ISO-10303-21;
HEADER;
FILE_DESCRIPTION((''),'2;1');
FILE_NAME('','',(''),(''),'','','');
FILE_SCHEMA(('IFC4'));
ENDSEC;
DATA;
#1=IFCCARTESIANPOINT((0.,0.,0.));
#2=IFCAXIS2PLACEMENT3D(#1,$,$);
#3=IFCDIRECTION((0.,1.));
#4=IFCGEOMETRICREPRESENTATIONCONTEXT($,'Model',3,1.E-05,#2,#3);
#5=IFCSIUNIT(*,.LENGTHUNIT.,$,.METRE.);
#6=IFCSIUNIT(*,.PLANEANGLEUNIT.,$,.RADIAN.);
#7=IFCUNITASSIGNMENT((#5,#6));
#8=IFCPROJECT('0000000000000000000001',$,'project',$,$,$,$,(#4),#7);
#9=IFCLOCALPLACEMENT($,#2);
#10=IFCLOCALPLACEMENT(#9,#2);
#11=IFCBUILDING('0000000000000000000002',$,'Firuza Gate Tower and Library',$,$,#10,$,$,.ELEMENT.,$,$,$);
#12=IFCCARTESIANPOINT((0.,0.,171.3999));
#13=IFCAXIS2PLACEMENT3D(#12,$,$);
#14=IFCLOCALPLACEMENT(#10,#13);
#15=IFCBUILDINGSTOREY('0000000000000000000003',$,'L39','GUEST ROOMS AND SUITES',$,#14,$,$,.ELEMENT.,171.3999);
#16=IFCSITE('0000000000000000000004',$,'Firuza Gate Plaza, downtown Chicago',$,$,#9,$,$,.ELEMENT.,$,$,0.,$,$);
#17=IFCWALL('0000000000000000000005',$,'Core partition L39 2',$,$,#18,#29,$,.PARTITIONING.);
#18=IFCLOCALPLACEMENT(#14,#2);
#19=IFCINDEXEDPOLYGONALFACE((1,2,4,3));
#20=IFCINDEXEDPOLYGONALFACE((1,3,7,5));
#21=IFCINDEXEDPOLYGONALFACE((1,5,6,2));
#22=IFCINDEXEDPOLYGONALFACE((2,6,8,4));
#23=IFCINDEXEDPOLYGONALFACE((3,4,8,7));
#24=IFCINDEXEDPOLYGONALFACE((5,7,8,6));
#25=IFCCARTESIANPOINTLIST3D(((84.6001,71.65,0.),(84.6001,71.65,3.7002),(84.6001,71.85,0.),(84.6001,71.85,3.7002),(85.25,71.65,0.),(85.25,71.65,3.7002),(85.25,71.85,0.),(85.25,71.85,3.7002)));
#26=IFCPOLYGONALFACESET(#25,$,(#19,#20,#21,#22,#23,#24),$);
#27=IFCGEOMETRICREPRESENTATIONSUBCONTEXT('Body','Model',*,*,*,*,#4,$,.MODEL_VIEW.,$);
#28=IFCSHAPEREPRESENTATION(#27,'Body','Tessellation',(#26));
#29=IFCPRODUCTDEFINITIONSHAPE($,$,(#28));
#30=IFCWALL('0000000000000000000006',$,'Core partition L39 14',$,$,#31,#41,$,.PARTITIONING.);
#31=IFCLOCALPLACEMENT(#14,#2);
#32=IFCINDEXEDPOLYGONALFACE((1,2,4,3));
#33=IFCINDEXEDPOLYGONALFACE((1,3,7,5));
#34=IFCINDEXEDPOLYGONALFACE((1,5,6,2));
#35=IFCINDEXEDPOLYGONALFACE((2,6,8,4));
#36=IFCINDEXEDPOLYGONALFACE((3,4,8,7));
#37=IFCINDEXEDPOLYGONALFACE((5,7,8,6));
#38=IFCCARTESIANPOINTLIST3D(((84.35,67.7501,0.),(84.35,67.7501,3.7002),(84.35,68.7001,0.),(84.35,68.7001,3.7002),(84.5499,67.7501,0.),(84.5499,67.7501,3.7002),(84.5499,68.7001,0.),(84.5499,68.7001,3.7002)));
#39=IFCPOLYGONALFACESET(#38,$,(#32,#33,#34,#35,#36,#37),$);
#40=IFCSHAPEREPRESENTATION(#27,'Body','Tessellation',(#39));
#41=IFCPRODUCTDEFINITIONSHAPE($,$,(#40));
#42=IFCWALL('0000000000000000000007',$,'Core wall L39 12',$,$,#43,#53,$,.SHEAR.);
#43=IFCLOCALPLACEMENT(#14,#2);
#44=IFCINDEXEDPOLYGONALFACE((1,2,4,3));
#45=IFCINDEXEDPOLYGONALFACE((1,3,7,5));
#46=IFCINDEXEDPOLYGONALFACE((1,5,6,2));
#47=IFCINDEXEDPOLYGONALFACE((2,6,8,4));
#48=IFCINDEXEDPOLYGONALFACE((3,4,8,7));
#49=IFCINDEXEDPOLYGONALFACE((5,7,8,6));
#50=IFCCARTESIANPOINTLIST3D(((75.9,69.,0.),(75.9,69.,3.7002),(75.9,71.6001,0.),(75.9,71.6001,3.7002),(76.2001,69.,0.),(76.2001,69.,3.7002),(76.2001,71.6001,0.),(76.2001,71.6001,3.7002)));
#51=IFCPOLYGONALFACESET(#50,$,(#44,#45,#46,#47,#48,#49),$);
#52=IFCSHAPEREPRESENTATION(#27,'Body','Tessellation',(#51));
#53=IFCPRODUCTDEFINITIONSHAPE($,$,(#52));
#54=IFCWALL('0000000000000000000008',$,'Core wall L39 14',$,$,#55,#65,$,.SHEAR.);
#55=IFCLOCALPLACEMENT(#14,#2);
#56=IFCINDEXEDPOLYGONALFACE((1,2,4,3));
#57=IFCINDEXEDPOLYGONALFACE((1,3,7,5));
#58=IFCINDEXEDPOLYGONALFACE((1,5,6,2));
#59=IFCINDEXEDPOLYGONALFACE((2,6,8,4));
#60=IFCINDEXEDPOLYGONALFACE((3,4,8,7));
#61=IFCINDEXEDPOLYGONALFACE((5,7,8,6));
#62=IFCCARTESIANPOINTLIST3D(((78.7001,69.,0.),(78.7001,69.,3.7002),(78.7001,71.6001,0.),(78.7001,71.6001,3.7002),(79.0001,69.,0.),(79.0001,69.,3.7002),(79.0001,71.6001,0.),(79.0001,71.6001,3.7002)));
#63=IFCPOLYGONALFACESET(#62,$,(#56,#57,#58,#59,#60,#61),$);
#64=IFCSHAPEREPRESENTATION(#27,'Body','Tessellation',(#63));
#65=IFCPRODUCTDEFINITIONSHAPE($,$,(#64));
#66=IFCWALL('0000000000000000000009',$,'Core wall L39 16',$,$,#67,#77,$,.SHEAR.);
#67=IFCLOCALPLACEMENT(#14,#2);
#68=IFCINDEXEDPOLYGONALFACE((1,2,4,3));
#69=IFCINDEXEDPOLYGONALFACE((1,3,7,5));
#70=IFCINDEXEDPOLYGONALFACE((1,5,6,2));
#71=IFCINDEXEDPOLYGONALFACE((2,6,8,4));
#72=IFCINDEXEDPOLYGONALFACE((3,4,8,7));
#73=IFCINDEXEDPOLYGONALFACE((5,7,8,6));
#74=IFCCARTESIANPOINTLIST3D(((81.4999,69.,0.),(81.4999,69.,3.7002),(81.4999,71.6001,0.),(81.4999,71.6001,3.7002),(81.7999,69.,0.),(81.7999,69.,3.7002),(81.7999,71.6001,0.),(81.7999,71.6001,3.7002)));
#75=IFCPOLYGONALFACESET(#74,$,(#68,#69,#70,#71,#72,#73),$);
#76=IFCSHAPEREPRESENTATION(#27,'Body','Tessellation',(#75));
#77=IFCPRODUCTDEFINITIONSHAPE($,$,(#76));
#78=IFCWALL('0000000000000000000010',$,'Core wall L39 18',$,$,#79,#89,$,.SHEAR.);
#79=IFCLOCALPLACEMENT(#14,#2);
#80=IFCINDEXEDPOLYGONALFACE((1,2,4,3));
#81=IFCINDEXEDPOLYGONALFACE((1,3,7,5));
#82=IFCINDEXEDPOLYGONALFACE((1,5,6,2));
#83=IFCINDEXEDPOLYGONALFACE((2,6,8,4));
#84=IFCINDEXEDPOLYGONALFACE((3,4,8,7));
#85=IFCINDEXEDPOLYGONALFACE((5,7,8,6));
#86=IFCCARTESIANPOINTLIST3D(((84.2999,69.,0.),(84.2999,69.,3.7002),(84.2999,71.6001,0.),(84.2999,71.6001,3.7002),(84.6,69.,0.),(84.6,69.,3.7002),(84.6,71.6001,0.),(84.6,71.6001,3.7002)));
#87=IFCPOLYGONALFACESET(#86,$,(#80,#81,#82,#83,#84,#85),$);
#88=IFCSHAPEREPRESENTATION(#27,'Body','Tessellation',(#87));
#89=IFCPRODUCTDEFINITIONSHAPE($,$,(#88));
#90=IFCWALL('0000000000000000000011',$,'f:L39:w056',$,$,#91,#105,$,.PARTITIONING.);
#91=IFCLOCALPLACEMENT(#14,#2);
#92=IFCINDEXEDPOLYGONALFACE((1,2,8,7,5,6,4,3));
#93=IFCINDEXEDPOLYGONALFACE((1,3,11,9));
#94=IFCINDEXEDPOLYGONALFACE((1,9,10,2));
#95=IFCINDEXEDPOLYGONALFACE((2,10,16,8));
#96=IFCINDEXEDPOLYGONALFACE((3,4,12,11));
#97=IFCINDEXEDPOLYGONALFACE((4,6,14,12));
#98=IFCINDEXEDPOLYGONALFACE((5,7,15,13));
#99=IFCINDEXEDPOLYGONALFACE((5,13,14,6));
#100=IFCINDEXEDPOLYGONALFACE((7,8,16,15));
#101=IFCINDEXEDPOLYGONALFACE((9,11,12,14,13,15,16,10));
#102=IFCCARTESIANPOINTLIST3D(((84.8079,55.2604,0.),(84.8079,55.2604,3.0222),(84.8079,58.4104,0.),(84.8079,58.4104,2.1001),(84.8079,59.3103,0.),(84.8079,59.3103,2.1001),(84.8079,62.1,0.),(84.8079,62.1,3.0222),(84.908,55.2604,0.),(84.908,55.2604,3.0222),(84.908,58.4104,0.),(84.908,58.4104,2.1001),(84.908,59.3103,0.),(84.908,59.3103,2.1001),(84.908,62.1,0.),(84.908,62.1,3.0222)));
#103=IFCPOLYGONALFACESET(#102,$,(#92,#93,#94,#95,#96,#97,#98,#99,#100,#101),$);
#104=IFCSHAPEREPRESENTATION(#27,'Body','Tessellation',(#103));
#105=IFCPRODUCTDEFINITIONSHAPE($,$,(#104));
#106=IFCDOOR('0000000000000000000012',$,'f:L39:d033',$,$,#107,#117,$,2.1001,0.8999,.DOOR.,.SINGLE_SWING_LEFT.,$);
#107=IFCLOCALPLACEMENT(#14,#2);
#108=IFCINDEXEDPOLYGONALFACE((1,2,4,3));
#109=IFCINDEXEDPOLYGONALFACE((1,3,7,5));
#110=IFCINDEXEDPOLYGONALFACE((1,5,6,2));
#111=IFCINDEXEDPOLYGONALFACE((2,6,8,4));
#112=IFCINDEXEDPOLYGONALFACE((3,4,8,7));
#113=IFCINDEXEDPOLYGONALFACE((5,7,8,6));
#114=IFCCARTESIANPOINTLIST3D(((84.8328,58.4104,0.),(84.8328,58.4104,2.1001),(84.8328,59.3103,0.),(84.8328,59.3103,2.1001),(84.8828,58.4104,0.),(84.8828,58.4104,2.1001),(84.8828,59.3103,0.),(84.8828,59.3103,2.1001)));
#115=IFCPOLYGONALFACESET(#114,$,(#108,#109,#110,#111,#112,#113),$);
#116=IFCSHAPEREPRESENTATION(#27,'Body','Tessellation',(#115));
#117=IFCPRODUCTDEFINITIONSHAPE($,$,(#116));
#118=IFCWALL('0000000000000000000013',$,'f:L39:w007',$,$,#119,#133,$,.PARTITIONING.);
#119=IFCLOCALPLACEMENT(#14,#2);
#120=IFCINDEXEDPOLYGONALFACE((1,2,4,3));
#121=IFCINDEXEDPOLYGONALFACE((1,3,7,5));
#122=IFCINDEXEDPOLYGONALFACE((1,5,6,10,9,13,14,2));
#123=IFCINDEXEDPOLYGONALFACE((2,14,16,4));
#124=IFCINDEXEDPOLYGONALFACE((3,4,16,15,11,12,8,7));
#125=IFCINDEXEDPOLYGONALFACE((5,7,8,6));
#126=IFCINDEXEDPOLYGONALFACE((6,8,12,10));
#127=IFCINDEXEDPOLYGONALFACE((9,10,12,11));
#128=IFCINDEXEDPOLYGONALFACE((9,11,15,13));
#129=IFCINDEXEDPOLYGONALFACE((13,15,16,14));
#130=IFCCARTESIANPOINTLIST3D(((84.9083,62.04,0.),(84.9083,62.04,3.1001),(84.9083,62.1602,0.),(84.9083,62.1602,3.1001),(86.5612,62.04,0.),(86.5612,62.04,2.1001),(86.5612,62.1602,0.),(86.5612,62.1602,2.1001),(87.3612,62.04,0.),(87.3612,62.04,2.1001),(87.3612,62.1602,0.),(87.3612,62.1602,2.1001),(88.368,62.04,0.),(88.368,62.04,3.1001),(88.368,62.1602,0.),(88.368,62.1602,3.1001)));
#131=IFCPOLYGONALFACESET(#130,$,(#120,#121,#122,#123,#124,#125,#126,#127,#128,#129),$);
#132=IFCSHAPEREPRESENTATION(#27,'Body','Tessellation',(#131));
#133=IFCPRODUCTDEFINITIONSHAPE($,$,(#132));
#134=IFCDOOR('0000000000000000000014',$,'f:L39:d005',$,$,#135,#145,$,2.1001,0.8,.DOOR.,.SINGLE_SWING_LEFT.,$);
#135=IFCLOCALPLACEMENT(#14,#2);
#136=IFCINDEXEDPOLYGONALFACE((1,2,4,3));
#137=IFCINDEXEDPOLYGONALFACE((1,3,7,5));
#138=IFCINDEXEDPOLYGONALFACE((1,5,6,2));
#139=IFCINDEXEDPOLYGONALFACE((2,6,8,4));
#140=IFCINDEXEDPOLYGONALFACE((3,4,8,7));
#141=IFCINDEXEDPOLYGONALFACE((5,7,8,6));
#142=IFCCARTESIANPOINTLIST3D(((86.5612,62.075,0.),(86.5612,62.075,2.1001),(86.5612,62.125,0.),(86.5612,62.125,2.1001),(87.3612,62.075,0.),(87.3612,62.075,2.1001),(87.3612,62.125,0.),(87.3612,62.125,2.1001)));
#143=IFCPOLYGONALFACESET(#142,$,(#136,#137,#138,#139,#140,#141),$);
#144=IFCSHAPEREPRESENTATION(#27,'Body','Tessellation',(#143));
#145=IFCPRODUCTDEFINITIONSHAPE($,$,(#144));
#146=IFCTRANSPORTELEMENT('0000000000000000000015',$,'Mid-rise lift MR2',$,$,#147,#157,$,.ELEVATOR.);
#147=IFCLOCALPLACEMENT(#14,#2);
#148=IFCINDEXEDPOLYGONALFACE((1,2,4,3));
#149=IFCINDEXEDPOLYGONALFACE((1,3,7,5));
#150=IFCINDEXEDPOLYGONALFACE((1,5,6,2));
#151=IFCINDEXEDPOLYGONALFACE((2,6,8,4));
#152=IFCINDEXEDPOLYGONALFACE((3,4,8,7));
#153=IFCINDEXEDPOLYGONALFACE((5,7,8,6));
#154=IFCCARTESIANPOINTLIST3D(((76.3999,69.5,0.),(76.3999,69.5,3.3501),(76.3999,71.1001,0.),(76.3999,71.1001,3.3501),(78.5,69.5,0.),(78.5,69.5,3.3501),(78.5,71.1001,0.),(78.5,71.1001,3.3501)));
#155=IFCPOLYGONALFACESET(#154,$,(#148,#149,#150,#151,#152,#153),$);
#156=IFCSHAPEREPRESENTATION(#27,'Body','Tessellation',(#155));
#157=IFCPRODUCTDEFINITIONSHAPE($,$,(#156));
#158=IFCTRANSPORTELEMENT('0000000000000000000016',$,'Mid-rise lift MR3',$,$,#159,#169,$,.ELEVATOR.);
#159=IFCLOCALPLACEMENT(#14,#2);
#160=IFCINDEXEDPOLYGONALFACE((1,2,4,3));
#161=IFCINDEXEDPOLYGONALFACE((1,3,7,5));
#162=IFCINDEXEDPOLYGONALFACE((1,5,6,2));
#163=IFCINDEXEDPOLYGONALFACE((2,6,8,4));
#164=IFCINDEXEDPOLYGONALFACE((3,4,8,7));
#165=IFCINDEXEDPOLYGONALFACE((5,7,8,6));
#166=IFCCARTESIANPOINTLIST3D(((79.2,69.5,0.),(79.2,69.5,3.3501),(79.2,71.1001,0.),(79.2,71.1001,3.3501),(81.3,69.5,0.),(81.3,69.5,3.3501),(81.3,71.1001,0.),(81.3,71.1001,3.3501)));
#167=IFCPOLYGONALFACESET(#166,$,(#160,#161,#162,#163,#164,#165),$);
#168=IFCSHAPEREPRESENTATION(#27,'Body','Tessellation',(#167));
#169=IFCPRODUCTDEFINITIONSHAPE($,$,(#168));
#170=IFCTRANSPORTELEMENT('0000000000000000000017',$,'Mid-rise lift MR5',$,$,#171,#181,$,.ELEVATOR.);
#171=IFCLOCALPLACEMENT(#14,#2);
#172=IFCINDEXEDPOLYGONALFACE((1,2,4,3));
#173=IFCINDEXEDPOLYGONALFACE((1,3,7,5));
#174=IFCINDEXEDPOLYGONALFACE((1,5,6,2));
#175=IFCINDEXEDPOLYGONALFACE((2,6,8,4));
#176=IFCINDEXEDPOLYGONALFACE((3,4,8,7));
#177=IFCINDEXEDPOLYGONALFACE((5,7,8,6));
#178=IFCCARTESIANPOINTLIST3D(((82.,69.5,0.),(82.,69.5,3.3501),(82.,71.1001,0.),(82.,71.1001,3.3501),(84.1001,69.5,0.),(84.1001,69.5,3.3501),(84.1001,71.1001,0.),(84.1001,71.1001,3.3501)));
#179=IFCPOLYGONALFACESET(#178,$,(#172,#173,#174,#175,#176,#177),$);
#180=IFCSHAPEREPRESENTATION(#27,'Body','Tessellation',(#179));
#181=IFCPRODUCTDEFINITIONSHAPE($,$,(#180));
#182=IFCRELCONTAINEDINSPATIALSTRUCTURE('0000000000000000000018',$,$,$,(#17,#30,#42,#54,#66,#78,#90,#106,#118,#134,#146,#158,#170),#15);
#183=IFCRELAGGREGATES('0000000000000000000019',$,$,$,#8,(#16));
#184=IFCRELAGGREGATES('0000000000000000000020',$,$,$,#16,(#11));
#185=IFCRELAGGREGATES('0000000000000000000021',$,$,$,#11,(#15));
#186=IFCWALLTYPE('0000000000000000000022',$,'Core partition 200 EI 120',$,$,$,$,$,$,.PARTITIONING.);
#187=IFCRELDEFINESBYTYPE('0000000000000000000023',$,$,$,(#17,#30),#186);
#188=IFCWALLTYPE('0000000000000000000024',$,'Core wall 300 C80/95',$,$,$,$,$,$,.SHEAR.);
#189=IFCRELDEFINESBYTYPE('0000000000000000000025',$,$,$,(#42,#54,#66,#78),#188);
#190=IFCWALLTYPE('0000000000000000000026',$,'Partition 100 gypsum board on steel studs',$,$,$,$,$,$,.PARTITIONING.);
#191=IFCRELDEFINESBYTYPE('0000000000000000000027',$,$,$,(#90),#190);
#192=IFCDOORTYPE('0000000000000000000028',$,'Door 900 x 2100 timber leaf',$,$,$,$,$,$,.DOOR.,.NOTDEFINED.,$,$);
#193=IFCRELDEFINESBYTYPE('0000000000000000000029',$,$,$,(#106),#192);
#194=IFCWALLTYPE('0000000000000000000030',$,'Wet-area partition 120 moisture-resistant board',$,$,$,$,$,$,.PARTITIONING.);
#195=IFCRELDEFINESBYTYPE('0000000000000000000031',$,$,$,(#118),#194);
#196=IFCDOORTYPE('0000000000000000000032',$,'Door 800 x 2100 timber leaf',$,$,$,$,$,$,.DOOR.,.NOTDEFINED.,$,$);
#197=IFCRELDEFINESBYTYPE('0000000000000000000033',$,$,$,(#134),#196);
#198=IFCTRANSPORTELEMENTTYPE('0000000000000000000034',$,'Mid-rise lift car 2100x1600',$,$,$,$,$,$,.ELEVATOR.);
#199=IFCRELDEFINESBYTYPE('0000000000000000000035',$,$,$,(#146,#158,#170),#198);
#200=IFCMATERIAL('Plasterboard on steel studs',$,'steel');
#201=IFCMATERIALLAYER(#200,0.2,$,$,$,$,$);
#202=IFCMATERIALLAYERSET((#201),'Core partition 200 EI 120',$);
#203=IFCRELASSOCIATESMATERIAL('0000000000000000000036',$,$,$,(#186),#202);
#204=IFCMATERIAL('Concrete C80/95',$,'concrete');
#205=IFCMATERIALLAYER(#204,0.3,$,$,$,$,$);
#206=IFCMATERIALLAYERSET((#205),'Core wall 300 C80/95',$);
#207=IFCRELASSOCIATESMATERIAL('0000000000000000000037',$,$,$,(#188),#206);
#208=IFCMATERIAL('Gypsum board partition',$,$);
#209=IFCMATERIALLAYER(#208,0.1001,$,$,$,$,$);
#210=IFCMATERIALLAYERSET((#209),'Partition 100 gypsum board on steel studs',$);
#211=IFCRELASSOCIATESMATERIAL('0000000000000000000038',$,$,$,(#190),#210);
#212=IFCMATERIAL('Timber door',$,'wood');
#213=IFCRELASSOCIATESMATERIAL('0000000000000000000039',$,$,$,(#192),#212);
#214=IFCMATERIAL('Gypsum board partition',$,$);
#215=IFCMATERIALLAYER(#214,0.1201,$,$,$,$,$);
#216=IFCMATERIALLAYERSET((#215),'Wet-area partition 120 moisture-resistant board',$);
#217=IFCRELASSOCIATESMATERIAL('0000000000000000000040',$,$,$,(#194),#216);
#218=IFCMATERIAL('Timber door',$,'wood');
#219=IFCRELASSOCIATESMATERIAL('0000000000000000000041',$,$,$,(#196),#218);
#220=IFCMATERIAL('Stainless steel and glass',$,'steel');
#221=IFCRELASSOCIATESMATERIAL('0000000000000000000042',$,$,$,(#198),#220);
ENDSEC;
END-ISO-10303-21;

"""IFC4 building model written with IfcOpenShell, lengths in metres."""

from ifc_helpers import new_model, si_unit, direction, frame, frame_2d, origin, origin_2d, place, context, subcontext, project, spatial, rectangle, extrude, material, layer, layer_set, type_object, element, fill, save


model = new_model("IFC4")

# Units and contexts
model_context = context("Model", 3, precision=1e-05, world=origin(), true_north=direction((0.0, 1.0)))
body_context = subcontext(model_context, "Body", "Model", "MODEL_VIEW")
ifc_project = project(units=[si_unit("LENGTHUNIT", "METRE"), si_unit("PLANEANGLEUNIT", "RADIAN")], contexts=[model_context])

# Site, building, storey
site_placement = place(None, origin())
site = spatial("IfcSite", under=ifc_project, at=site_placement, Name="Firuza Gate Plaza, downtown Chicago", CompositionType="ELEMENT", RefElevation=0.0)
building_placement = place(site_placement, origin())
building = spatial("IfcBuilding", under=site, at=building_placement, Name="Firuza Gate Tower and Library", CompositionType="ELEMENT")
storey_placement = place(building_placement, frame((0.0, 0.0, 171.3999)))
storey = spatial("IfcBuildingStorey", under=building, at=storey_placement, Name="L39", Description="GUEST ROOMS AND SUITES", CompositionType="ELEMENT", Elevation=171.3999)

# Walls
ifc_material_1 = material(Name="Plasterboard on steel studs", Category="steel")
ifc_layer_1 = layer(ifc_material_1, 0.2)
ifc_layer_set_1 = layer_set([ifc_layer_1], Name="Core partition 200 EI 120")
wall_type_1 = type_object("IfcWallType", Name="Core partition 200 EI 120", PredefinedType="PARTITIONING", material=ifc_layer_set_1)
wall_1_placement = place(storey_placement, frame((84.6001, 71.75, 0.0), z_axis=(0.0, 0.0, 1.0), x_axis=(1.0, 0.0, 0.0)))
element("IfcWall", 1, at=wall_1_placement, inside=storey, type_object=wall_type_1, Name="Core partition L39 2", PredefinedType="PARTITIONING", context=body_context, shape_type="SweptSolid", body=[
    extrude(rectangle(XDim=0.6499, YDim=0.2, at=frame_2d((0.325, 0.0))), origin(), (0.0, 0.0, 1.0), 3.7002),
])
wall_2_placement = place(storey_placement, frame((84.45, 67.75, 0.0), z_axis=(0.0, 0.0, 1.0), x_axis=(0.0, 1.0, 0.0)))
element("IfcWall", 2, at=wall_2_placement, inside=storey, type_object=wall_type_1, Name="Core partition L39 14", PredefinedType="PARTITIONING", context=body_context, shape_type="SweptSolid", body=[
    extrude(rectangle(XDim=0.95, YDim=0.2, at=frame_2d((0.4751, 0.0))), origin(), (0.0, 0.0, 1.0), 3.7002),
])
ifc_material_2 = material(Name="Concrete C80/95", Category="concrete")
ifc_layer_2 = layer(ifc_material_2, 0.3)
ifc_layer_set_2 = layer_set([ifc_layer_2], Name="Core wall 300 C80/95")
wall_type_2 = type_object("IfcWallType", Name="Core wall 300 C80/95", PredefinedType="SHEAR", material=ifc_layer_set_2)
for number, where, z_axis, x_axis, name in (
    (3, (76.05, 69.0, 0.0), (0.0, 0.0, 1.0), (0.0, 1.0, 0.0), "Core wall L39 12"),
    (4, (78.8501, 69.0, 0.0), (0.0, 0.0, 1.0), (0.0, 1.0, 0.0), "Core wall L39 14"),
    (5, (81.6499, 69.0, 0.0), (0.0, 0.0, 1.0), (0.0, 1.0, 0.0), "Core wall L39 16"),
    (6, (84.45, 69.0, 0.0), (0.0, 0.0, 1.0), (0.0, 1.0, 0.0), "Core wall L39 18"),
):
    element("IfcWall", number, at=place(storey_placement, frame(where, z_axis=z_axis, x_axis=x_axis)), inside=storey, type_object=wall_type_2, Name=name, PredefinedType="SHEAR", context=body_context, shape_type="SweptSolid", body=[
        extrude(rectangle(XDim=2.6001, YDim=0.3, at=frame_2d((1.3, 0.0))), origin(), (0.0, 0.0, 1.0), 3.7002),
    ])

# Walls, openings, doors
ifc_material_3 = material(Name="Gypsum board partition")
ifc_layer_3 = layer(ifc_material_3, 0.1001)
ifc_layer_set_3 = layer_set([ifc_layer_3], Name="Partition 100 gypsum board on steel studs")
wall_type_3 = type_object("IfcWallType", Name="Partition 100 gypsum board on steel studs", PredefinedType="PARTITIONING", material=ifc_layer_set_3)
wall_3_placement = place(storey_placement, frame((84.8579, 62.1001, 0.0), z_axis=(0.0, 0.0, 1.0), x_axis=(0.0, -1.0, 0.0)))
wall_3 = element("IfcWall", 7, at=wall_3_placement, inside=storey, type_object=wall_type_3, Name="f:L39:w056", PredefinedType="PARTITIONING", context=body_context, shape_type="SweptSolid", body=[
    extrude(rectangle(XDim=6.8396, YDim=0.1001, at=frame_2d((3.4199, 0.0))), origin(), (0.0, 0.0, 1.0), 3.0222),
])
opening_1_placement = place(wall_3_placement, frame((2.7898, 0.0, 0.0)))
opening_1 = element("IfcOpeningElement", 8, at=opening_1_placement, cuts=wall_3, PredefinedType="OPENING", context=body_context, shape_type="SweptSolid", body=[
    extrude(rectangle(XDim=0.8999, YDim=2.1001, at=frame_2d((0.45, 1.05))), frame((0.0, 0.0601, 0.0), z_axis=(0.0, -1.0, 0.0), x_axis=(1.0, 0.0, 0.0)), (0.0, 0.0, 1.0), 0.1201),
])
ifc_material_4 = material(Name="Timber door", Category="wood")
door_type_1 = type_object("IfcDoorType", Name="Door 900 x 2100 timber leaf", OperationType="NOTDEFINED", PredefinedType="DOOR", material=ifc_material_4)
door_1_placement = place(opening_1_placement, origin())
door_1 = element("IfcDoor", 9, at=door_1_placement, inside=storey, type_object=door_type_1, Name="f:L39:d033", OperationType="SINGLE_SWING_LEFT", OverallHeight=2.1001, OverallWidth=0.8999, PredefinedType="DOOR", context=body_context, shape_type="SweptSolid", body=[
    extrude(rectangle(XDim=0.8999, YDim=2.1001, at=frame_2d((0.45, 1.05))), frame((0.0, 0.0249, 0.0), z_axis=(0.0, -1.0, 0.0), x_axis=(1.0, 0.0, 0.0)), (0.0, 0.0, 1.0), 0.05),
])
fill(opening_1, door_1)
ifc_material_5 = material(Name="Gypsum board partition")
ifc_layer_4 = layer(ifc_material_5, 0.1201)
ifc_layer_set_4 = layer_set([ifc_layer_4], Name="Wet-area partition 120 moisture-resistant board")
wall_type_4 = type_object("IfcWallType", Name="Wet-area partition 120 moisture-resistant board", PredefinedType="PARTITIONING", material=ifc_layer_set_4)
wall_4_placement = place(storey_placement, frame((84.9082, 62.1001, 0.0), z_axis=(0.0, 0.0, 1.0), x_axis=(1.0, 0.0, 0.0)))
wall_4 = element("IfcWall", 10, at=wall_4_placement, inside=storey, type_object=wall_type_4, Name="f:L39:w007", PredefinedType="PARTITIONING", context=body_context, shape_type="SweptSolid", body=[
    extrude(rectangle(XDim=3.4597, YDim=0.1201, at=frame_2d((1.73, 0.0))), origin(), (0.0, 0.0, 1.0), 3.1001),
])
opening_2_placement = place(wall_4_placement, frame((1.6531, 0.0, 0.0)))
opening_2 = element("IfcOpeningElement", 11, at=opening_2_placement, cuts=wall_4, PredefinedType="OPENING", context=body_context, shape_type="SweptSolid", body=[
    extrude(rectangle(XDim=0.8, YDim=2.1001, at=frame_2d((0.3999, 1.05))), frame((0.0, 0.0701, 0.0), z_axis=(0.0, -1.0, 0.0), x_axis=(1.0, 0.0, 0.0)), (0.0, 0.0, 1.0), 0.1401),
])
ifc_material_6 = material(Name="Timber door", Category="wood")
door_type_2 = type_object("IfcDoorType", Name="Door 800 x 2100 timber leaf", OperationType="NOTDEFINED", PredefinedType="DOOR", material=ifc_material_6)
door_2_placement = place(opening_2_placement, origin())
door_2 = element("IfcDoor", 12, at=door_2_placement, inside=storey, type_object=door_type_2, Name="f:L39:d005", OperationType="SINGLE_SWING_LEFT", OverallHeight=2.1001, OverallWidth=0.8, PredefinedType="DOOR", context=body_context, shape_type="SweptSolid", body=[
    extrude(rectangle(XDim=0.8, YDim=2.1001, at=frame_2d((0.3999, 1.05))), frame((0.0, 0.0249, 0.0), z_axis=(0.0, -1.0, 0.0), x_axis=(1.0, 0.0, 0.0)), (0.0, 0.0, 1.0), 0.05),
])
fill(opening_2, door_2)

# Transport elements
ifc_material_7 = material(Name="Stainless steel and glass", Category="steel")
transport_element_type = type_object("IfcTransportElementType", Name="Mid-rise lift car 2100x1600", PredefinedType="ELEVATOR", material=ifc_material_7)
for number, where, z_axis, x_axis, name in (
    (13, (77.45, 70.3, 0.0), (0.0, 0.0, 1.0), (1.0, 0.0, 0.0), "Mid-rise lift MR2"),
    (14, (80.25, 70.3, 0.0), (0.0, 0.0, 1.0), (1.0, 0.0, 0.0), "Mid-rise lift MR3"),
    (15, (83.05, 70.3, 0.0), (0.0, 0.0, 1.0), (1.0, 0.0, 0.0), "Mid-rise lift MR5"),
):
    element("IfcTransportElement", number, at=place(storey_placement, frame(where, z_axis=z_axis, x_axis=x_axis)), inside=storey, type_object=transport_element_type, Name=name, PredefinedType="ELEVATOR", context=body_context, shape_type="SweptSolid", body=[
        extrude(rectangle(XDim=2.1001, YDim=1.6001, at=origin_2d()), origin(), (0.0, 0.0, 1.0), 3.3501),
    ])

save(model, "model.ifc")
